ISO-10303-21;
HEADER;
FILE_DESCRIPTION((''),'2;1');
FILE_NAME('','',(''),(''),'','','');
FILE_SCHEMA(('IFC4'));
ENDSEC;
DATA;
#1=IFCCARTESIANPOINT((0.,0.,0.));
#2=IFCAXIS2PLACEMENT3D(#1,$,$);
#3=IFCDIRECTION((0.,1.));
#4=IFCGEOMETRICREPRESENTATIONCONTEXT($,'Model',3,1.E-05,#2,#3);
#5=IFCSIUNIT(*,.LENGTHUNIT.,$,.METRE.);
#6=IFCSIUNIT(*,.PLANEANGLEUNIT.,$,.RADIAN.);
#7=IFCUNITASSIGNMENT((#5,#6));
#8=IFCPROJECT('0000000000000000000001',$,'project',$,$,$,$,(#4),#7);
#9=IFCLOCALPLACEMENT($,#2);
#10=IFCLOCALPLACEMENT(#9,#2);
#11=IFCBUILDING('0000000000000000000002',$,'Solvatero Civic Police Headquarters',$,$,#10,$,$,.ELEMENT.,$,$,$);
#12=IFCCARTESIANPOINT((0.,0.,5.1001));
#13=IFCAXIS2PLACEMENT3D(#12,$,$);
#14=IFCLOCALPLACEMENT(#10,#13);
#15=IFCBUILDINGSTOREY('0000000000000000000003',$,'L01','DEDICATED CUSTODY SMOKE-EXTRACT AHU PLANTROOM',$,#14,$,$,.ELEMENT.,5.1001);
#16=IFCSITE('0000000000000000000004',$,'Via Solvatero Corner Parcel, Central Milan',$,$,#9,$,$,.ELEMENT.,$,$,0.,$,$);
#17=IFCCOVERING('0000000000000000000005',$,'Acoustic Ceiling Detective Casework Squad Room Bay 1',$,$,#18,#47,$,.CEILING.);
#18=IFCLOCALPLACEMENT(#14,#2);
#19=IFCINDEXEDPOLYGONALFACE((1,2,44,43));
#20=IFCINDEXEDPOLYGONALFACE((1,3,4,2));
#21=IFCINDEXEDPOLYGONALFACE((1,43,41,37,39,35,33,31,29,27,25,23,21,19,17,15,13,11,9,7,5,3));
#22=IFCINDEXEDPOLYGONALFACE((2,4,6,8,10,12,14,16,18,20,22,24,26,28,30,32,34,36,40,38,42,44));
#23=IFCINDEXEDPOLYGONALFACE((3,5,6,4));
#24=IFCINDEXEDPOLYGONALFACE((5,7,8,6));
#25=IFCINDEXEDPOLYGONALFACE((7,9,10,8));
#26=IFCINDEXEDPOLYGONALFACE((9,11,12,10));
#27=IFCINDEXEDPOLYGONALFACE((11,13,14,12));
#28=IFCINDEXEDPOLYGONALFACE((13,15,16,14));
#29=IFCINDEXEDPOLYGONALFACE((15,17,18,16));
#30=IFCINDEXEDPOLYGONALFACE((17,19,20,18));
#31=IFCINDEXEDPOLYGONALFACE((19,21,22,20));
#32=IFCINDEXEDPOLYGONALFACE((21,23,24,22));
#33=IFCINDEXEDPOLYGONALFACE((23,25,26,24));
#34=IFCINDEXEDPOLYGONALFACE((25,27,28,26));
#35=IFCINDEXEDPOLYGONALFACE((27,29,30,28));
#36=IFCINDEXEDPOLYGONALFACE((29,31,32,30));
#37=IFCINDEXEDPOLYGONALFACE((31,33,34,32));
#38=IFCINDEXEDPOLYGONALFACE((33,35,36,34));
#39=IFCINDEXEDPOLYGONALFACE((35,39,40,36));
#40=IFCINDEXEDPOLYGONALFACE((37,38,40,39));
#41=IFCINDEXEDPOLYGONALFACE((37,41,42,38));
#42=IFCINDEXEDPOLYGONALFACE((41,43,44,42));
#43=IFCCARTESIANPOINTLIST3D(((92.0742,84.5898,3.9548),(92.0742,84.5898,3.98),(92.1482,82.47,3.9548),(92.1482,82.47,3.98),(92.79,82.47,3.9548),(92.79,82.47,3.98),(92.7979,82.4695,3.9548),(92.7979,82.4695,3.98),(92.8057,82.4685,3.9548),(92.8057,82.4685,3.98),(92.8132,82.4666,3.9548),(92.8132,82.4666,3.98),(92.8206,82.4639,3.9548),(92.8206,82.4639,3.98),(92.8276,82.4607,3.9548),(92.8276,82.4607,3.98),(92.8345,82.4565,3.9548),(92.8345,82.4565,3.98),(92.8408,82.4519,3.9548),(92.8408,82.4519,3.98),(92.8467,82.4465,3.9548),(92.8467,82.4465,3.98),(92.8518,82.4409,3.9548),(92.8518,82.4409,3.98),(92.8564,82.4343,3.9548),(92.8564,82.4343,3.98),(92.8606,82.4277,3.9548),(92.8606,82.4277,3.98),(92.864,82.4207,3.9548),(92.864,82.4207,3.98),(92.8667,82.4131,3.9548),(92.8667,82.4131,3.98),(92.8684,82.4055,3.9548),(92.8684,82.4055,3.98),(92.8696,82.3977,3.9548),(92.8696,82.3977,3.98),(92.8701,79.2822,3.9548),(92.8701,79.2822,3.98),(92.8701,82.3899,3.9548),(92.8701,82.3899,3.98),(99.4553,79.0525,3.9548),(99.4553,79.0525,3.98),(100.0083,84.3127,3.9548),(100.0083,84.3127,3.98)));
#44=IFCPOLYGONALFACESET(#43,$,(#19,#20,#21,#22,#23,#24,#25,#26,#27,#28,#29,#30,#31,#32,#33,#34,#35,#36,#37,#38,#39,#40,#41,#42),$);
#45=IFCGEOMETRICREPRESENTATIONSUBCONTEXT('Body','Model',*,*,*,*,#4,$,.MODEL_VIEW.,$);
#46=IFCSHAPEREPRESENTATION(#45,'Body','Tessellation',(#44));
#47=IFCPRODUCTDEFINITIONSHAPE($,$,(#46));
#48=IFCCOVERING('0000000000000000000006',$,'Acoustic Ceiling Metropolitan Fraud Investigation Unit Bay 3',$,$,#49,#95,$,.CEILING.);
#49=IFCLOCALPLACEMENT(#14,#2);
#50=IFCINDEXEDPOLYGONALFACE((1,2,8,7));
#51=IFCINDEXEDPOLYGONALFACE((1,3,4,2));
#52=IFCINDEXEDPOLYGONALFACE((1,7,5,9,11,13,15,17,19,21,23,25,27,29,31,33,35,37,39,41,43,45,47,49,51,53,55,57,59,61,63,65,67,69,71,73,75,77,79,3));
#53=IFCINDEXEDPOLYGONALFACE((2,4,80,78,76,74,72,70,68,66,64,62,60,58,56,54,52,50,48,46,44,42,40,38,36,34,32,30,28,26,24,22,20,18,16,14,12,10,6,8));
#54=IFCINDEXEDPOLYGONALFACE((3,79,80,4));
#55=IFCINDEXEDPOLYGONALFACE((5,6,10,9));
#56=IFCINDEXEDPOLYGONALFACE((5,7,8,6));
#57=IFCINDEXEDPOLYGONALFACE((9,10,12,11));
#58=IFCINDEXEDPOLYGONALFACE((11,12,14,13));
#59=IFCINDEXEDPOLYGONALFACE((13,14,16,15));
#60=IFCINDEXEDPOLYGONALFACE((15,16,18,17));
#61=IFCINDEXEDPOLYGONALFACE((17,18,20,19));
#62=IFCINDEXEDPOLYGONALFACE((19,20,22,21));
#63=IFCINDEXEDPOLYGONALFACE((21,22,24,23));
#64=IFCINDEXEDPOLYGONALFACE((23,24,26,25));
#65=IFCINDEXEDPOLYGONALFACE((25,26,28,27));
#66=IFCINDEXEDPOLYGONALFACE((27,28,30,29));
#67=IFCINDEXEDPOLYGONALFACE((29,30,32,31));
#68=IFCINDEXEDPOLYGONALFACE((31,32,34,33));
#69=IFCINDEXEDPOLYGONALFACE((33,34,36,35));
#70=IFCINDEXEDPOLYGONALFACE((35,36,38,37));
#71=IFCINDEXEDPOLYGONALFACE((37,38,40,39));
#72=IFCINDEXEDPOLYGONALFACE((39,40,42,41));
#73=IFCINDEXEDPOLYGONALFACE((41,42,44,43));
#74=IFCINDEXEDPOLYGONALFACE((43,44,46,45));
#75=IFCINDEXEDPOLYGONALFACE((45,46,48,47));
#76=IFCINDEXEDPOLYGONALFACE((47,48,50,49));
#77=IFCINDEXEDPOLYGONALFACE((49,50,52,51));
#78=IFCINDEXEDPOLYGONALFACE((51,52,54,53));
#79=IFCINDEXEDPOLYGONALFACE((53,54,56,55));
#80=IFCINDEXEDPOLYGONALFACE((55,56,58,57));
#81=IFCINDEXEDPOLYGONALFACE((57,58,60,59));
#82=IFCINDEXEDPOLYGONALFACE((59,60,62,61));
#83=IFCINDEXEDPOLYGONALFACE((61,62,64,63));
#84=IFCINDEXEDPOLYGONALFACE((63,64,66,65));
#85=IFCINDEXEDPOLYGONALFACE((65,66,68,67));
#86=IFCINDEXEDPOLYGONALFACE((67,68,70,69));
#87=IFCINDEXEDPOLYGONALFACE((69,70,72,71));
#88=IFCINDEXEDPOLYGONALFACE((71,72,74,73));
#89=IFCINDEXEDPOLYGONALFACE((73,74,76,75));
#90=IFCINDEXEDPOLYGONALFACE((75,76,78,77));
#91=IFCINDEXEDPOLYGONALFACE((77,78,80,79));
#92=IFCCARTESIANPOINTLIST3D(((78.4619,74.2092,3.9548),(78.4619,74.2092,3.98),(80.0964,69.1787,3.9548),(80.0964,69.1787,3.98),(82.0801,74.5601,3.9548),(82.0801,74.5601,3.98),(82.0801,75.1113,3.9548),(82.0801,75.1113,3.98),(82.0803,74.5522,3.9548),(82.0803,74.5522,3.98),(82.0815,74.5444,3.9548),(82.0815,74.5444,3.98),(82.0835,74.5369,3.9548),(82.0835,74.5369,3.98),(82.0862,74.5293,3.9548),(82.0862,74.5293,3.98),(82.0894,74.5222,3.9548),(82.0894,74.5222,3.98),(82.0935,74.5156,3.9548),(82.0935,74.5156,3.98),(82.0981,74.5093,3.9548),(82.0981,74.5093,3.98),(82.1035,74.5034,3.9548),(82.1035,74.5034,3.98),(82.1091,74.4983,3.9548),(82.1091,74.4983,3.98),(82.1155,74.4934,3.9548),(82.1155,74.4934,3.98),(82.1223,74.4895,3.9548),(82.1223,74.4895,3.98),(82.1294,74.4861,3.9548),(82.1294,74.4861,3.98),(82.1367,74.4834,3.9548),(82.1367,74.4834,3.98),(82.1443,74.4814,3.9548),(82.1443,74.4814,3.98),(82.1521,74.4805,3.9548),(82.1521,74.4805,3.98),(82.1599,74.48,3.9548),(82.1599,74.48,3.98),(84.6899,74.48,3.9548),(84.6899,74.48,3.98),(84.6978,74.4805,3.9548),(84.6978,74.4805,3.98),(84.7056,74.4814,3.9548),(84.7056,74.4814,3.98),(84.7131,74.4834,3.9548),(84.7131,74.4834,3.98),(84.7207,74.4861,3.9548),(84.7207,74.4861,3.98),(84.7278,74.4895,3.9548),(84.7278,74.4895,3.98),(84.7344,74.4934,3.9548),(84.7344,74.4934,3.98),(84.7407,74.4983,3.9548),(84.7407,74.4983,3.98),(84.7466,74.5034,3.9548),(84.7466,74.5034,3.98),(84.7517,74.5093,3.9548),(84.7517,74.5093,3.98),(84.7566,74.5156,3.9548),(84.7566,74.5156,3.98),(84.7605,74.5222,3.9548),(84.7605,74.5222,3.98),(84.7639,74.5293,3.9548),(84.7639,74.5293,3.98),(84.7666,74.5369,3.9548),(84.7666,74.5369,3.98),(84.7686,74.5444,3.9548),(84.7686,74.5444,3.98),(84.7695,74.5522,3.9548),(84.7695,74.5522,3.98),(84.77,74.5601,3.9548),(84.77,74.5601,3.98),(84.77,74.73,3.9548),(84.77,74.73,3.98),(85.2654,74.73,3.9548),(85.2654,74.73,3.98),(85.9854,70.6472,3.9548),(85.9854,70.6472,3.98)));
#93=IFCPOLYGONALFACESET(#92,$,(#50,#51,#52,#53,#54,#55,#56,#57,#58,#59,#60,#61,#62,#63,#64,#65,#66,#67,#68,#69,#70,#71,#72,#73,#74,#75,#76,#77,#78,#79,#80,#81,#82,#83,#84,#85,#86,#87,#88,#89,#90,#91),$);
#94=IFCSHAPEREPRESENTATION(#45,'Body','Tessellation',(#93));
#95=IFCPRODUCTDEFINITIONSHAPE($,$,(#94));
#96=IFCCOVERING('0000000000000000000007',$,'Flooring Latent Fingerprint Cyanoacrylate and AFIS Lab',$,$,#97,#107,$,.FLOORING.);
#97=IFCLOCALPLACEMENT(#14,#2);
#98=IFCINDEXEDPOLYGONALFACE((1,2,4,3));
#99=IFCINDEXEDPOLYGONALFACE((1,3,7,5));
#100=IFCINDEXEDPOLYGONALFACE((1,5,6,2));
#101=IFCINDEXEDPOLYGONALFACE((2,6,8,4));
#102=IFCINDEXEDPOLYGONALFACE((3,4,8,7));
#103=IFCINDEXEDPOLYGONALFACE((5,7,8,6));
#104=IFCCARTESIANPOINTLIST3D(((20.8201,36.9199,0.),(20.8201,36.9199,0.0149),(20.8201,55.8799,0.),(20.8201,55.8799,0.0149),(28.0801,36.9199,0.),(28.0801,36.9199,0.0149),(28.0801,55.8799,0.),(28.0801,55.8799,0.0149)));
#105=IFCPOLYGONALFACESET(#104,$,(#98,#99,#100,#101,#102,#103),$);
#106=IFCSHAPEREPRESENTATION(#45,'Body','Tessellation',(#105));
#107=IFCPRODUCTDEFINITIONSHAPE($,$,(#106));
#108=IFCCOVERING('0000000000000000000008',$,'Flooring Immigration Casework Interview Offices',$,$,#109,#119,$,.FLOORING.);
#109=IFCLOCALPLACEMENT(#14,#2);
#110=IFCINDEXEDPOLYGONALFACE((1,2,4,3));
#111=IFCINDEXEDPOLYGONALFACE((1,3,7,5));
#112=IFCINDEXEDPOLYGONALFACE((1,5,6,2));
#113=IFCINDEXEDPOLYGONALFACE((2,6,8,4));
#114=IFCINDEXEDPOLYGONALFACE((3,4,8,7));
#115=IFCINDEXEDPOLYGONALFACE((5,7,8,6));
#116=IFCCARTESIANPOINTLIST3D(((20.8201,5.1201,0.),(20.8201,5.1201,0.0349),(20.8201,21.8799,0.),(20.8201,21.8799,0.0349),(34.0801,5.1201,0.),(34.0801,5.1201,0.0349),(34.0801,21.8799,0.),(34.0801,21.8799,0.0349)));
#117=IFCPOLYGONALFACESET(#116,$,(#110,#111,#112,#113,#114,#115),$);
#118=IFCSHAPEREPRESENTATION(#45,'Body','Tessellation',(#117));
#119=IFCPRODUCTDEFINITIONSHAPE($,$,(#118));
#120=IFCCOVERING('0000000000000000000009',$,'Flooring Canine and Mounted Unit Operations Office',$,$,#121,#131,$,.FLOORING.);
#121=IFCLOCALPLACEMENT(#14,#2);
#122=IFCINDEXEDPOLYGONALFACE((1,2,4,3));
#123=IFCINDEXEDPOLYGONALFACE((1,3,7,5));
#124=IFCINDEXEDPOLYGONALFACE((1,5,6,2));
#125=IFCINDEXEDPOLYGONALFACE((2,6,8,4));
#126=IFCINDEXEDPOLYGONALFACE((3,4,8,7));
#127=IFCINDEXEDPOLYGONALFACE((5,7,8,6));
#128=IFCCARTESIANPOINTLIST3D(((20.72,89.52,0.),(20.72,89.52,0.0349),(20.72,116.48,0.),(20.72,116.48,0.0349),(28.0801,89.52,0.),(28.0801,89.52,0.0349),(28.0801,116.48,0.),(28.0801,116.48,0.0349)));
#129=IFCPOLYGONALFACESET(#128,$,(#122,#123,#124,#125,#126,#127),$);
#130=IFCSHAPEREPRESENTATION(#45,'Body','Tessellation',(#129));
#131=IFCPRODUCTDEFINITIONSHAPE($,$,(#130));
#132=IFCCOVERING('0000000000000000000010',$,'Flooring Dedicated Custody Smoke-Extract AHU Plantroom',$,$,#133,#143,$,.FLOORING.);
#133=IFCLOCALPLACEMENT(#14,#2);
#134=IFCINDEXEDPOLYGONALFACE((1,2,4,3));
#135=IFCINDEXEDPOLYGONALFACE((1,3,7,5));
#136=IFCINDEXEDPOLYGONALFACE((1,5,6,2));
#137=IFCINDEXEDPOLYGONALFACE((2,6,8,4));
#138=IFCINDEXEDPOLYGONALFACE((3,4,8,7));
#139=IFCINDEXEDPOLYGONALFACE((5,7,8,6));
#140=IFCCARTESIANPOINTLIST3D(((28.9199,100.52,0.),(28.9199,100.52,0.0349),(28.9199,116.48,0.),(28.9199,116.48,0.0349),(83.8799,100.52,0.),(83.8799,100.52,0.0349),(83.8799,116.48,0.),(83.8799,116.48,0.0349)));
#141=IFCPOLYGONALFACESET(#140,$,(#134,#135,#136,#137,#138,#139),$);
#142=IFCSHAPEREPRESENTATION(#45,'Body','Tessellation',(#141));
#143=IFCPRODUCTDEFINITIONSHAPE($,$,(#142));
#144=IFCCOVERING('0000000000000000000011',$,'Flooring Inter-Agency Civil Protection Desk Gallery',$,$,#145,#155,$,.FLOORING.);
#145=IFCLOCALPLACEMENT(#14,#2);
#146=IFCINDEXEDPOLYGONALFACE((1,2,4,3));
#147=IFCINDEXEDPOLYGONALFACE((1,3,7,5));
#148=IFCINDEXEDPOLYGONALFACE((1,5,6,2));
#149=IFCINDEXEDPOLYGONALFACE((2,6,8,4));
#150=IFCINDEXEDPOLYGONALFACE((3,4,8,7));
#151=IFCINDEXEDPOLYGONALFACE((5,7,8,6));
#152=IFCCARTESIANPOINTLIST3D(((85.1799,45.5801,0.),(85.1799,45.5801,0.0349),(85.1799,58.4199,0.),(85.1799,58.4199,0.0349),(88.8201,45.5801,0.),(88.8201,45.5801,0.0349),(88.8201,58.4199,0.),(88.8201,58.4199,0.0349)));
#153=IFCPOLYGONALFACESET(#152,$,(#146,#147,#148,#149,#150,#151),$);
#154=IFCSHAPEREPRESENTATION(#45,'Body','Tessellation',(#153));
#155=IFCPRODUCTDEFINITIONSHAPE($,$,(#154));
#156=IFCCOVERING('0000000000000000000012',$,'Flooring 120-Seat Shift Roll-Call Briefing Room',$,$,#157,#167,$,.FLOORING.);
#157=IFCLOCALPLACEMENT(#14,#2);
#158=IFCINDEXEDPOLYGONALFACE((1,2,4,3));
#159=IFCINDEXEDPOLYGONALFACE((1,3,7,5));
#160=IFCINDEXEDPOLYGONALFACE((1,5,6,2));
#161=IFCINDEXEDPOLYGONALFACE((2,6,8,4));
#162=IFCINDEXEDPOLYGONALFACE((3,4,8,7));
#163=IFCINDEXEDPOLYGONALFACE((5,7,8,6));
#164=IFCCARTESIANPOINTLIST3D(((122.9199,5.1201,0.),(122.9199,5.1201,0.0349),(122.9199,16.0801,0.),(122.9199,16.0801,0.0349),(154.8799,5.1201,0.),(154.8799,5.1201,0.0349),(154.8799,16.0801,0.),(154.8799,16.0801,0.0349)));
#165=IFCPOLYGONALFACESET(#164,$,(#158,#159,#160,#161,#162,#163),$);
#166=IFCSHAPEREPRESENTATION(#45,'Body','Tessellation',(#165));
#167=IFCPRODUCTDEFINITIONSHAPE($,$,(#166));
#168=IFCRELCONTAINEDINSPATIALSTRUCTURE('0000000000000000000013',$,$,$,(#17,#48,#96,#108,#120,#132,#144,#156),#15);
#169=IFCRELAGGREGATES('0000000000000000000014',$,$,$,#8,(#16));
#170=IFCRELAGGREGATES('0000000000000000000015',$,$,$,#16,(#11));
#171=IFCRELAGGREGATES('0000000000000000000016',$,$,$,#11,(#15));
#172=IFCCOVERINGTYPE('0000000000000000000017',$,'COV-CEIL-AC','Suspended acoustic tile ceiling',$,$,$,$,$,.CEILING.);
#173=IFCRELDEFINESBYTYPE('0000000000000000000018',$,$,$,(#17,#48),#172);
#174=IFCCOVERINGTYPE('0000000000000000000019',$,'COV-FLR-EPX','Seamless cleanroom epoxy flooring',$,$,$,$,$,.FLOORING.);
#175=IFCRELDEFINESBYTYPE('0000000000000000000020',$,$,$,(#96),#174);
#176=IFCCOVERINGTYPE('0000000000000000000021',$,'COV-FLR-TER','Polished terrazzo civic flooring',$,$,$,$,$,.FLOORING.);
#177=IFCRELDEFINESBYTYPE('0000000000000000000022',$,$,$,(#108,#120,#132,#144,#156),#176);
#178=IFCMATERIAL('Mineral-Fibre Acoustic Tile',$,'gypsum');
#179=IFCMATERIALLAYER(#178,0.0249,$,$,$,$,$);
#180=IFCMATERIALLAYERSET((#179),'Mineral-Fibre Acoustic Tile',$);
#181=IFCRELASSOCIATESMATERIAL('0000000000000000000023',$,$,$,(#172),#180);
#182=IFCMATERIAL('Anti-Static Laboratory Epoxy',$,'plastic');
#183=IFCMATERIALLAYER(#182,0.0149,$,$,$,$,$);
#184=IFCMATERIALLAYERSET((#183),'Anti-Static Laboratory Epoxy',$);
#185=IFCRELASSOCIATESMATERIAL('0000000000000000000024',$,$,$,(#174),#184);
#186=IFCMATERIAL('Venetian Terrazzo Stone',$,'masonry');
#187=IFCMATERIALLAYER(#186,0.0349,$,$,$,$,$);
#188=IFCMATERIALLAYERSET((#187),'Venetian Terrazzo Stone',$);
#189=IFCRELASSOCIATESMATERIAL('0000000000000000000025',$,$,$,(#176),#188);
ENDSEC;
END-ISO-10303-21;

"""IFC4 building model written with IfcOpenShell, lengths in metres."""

from ifc_helpers import new_model, si_unit, direction, frame, origin, place, context, subcontext, project, spatial, polyline, outline, extrude, material, layer, layer_set, type_object, element, save


model = new_model("IFC4")

# Units and contexts
model_context = context("Model", 3, precision=1e-05, world=origin(), true_north=direction((0.0, 1.0)))
body_context = subcontext(model_context, "Body", "Model", "MODEL_VIEW")
ifc_project = project(units=[si_unit("LENGTHUNIT", "METRE"), si_unit("PLANEANGLEUNIT", "RADIAN")], contexts=[model_context])

# Site, building, storey
site_placement = place(None, origin())
site = spatial("IfcSite", under=ifc_project, at=site_placement, Name="Via Solvatero Corner Parcel, Central Milan", CompositionType="ELEMENT", RefElevation=0.0)
building_placement = place(site_placement, origin())
building = spatial("IfcBuilding", under=site, at=building_placement, Name="Solvatero Civic Police Headquarters", CompositionType="ELEMENT")
storey_placement = place(building_placement, frame((0.0, 0.0, 5.1001)))
storey = spatial("IfcBuildingStorey", under=building, at=storey_placement, Name="L01", Description="DEDICATED CUSTODY SMOKE-EXTRACT AHU PLANTROOM", CompositionType="ELEMENT", Elevation=5.1001)

# Coverings
ifc_material_1 = material(Name="Mineral-Fibre Acoustic Tile", Category="gypsum")
ifc_layer_1 = layer(ifc_material_1, 0.0249)
ifc_layer_set_1 = layer_set([ifc_layer_1], Name="Mineral-Fibre Acoustic Tile")
covering_type_1 = type_object("IfcCoveringType", Name="COV-CEIL-AC", Description="Suspended acoustic tile ceiling", PredefinedType="CEILING", material=ifc_layer_set_1)
covering_1_placement = place(storey_placement, frame((0.0, 0.0, 3.9548)))
element("IfcCovering", 1, at=covering_1_placement, inside=storey, type_object=covering_type_1, Name="Acoustic Ceiling Detective Casework Squad Room Bay 1", PredefinedType="CEILING", context=body_context, shape_type="SweptSolid", body=[
    extrude(outline(polyline([(92.0742, 84.5898), (100.0083, 84.3127), (99.4553, 79.0525), (92.8701, 79.2822), (92.8701, 82.3899), (92.8696, 82.3977), (92.8684, 82.4055), (92.8667, 82.4131), (92.864, 82.4207), (92.8606, 82.4277), (92.8564, 82.4343), (92.8518, 82.4409), (92.8467, 82.4465), (92.8408, 82.4519), (92.8345, 82.4565), (92.8276, 82.4607), (92.8206, 82.4639), (92.8132, 82.4666), (92.8057, 82.4685), (92.7979, 82.4695), (92.79, 82.47), (92.1482, 82.47), (92.0742, 84.5898)])), origin(), (0.0, 0.0, 1.0), 0.0251),
])
covering_2_placement = place(storey_placement, frame((0.0, 0.0, 3.9548)))
element("IfcCovering", 2, at=covering_2_placement, inside=storey, type_object=covering_type_1, Name="Acoustic Ceiling Metropolitan Fraud Investigation Unit Bay 3", PredefinedType="CEILING", context=body_context, shape_type="SweptSolid", body=[
    extrude(outline(polyline([(80.0964, 69.1787), (78.4619, 74.2092), (82.0801, 75.1113), (82.0801, 74.5601), (82.0803, 74.5522), (82.0815, 74.5444), (82.0835, 74.5369), (82.0862, 74.5293), (82.0894, 74.5222), (82.0935, 74.5156), (82.0981, 74.5093), (82.1035, 74.5034), (82.1091, 74.4983), (82.1155, 74.4934), (82.1223, 74.4895), (82.1294, 74.4861), (82.1367, 74.4834), (82.1443, 74.4814), (82.1521, 74.4805), (82.1599, 74.48), (84.6899, 74.48), (84.6978, 74.4805), (84.7056, 74.4814), (84.7131, 74.4834), (84.7207, 74.4861), (84.7278, 74.4895), (84.7344, 74.4934), (84.7407, 74.4983), (84.7466, 74.5034), (84.7517, 74.5093), (84.7566, 74.5156), (84.7605, 74.5222), (84.7639, 74.5293), (84.7666, 74.5369), (84.7686, 74.5444), (84.7695, 74.5522), (84.77, 74.5601), (84.77, 74.73), (85.2654, 74.73), (85.9854, 70.6472), (80.0964, 69.1787)])), origin(), (0.0, 0.0, 1.0), 0.0251),
])
ifc_material_2 = material(Name="Anti-Static Laboratory Epoxy", Category="plastic")
ifc_layer_2 = layer(ifc_material_2, 0.0149)
ifc_layer_set_2 = layer_set([ifc_layer_2], Name="Anti-Static Laboratory Epoxy")
covering_type_2 = type_object("IfcCoveringType", Name="COV-FLR-EPX", Description="Seamless cleanroom epoxy flooring", PredefinedType="FLOORING", material=ifc_layer_set_2)
covering_3_placement = place(storey_placement, origin())
element("IfcCovering", 3, at=covering_3_placement, inside=storey, type_object=covering_type_2, Name="Flooring Latent Fingerprint Cyanoacrylate and AFIS Lab", PredefinedType="FLOORING", context=body_context, shape_type="SweptSolid", body=[
    extrude(outline(polyline([(28.0801, 55.8799), (28.0801, 36.9199), (20.8201, 36.9199), (20.8201, 55.8799), (28.0801, 55.8799)])), origin(), (0.0, 0.0, 1.0), 0.0149),
])
ifc_material_3 = material(Name="Venetian Terrazzo Stone", Category="masonry")
ifc_layer_3 = layer(ifc_material_3, 0.0349)
ifc_layer_set_3 = layer_set([ifc_layer_3], Name="Venetian Terrazzo Stone")
covering_type_3 = type_object("IfcCoveringType", Name="COV-FLR-TER", Description="Polished terrazzo civic flooring", PredefinedType="FLOORING", material=ifc_layer_set_3)
covering_4_placement = place(storey_placement, origin())
element("IfcCovering", 4, at=covering_4_placement, inside=storey, type_object=covering_type_3, Name="Flooring Immigration Casework Interview Offices", PredefinedType="FLOORING", context=body_context, shape_type="SweptSolid", body=[
    extrude(outline(polyline([(34.0801, 21.8799), (34.0801, 5.1201), (20.8201, 5.1201), (20.8201, 21.8799), (34.0801, 21.8799)])), origin(), (0.0, 0.0, 1.0), 0.0349),
])
covering_5_placement = place(storey_placement, origin())
element("IfcCovering", 5, at=covering_5_placement, inside=storey, type_object=covering_type_3, Name="Flooring Canine and Mounted Unit Operations Office", PredefinedType="FLOORING", context=body_context, shape_type="SweptSolid", body=[
    extrude(outline(polyline([(20.72, 89.52), (20.72, 116.48), (28.0801, 116.48), (28.0801, 89.52), (20.72, 89.52)])), origin(), (0.0, 0.0, 1.0), 0.0349),
])
covering_6_placement = place(storey_placement, origin())
element("IfcCovering", 6, at=covering_6_placement, inside=storey, type_object=covering_type_3, Name="Flooring Dedicated Custody Smoke-Extract AHU Plantroom", PredefinedType="FLOORING", context=body_context, shape_type="SweptSolid", body=[
    extrude(outline(polyline([(28.9199, 100.52), (28.9199, 116.48), (83.8799, 116.48), (83.8799, 100.52), (28.9199, 100.52)])), origin(), (0.0, 0.0, 1.0), 0.0349),
])
covering_7_placement = place(storey_placement, origin())
element("IfcCovering", 7, at=covering_7_placement, inside=storey, type_object=covering_type_3, Name="Flooring Inter-Agency Civil Protection Desk Gallery", PredefinedType="FLOORING", context=body_context, shape_type="SweptSolid", body=[
    extrude(outline(polyline([(85.1799, 45.5801), (85.1799, 58.4199), (88.8201, 58.4199), (88.8201, 45.5801), (85.1799, 45.5801)])), origin(), (0.0, 0.0, 1.0), 0.0349),
])
covering_8_placement = place(storey_placement, origin())
element("IfcCovering", 8, at=covering_8_placement, inside=storey, type_object=covering_type_3, Name="Flooring 120-Seat Shift Roll-Call Briefing Room", PredefinedType="FLOORING", context=body_context, shape_type="SweptSolid", body=[
    extrude(outline(polyline([(122.9199, 5.1201), (122.9199, 16.0801), (154.8799, 16.0801), (154.8799, 5.1201), (122.9199, 5.1201)])), origin(), (0.0, 0.0, 1.0), 0.0349),
])

save(model, "model.ifc")
